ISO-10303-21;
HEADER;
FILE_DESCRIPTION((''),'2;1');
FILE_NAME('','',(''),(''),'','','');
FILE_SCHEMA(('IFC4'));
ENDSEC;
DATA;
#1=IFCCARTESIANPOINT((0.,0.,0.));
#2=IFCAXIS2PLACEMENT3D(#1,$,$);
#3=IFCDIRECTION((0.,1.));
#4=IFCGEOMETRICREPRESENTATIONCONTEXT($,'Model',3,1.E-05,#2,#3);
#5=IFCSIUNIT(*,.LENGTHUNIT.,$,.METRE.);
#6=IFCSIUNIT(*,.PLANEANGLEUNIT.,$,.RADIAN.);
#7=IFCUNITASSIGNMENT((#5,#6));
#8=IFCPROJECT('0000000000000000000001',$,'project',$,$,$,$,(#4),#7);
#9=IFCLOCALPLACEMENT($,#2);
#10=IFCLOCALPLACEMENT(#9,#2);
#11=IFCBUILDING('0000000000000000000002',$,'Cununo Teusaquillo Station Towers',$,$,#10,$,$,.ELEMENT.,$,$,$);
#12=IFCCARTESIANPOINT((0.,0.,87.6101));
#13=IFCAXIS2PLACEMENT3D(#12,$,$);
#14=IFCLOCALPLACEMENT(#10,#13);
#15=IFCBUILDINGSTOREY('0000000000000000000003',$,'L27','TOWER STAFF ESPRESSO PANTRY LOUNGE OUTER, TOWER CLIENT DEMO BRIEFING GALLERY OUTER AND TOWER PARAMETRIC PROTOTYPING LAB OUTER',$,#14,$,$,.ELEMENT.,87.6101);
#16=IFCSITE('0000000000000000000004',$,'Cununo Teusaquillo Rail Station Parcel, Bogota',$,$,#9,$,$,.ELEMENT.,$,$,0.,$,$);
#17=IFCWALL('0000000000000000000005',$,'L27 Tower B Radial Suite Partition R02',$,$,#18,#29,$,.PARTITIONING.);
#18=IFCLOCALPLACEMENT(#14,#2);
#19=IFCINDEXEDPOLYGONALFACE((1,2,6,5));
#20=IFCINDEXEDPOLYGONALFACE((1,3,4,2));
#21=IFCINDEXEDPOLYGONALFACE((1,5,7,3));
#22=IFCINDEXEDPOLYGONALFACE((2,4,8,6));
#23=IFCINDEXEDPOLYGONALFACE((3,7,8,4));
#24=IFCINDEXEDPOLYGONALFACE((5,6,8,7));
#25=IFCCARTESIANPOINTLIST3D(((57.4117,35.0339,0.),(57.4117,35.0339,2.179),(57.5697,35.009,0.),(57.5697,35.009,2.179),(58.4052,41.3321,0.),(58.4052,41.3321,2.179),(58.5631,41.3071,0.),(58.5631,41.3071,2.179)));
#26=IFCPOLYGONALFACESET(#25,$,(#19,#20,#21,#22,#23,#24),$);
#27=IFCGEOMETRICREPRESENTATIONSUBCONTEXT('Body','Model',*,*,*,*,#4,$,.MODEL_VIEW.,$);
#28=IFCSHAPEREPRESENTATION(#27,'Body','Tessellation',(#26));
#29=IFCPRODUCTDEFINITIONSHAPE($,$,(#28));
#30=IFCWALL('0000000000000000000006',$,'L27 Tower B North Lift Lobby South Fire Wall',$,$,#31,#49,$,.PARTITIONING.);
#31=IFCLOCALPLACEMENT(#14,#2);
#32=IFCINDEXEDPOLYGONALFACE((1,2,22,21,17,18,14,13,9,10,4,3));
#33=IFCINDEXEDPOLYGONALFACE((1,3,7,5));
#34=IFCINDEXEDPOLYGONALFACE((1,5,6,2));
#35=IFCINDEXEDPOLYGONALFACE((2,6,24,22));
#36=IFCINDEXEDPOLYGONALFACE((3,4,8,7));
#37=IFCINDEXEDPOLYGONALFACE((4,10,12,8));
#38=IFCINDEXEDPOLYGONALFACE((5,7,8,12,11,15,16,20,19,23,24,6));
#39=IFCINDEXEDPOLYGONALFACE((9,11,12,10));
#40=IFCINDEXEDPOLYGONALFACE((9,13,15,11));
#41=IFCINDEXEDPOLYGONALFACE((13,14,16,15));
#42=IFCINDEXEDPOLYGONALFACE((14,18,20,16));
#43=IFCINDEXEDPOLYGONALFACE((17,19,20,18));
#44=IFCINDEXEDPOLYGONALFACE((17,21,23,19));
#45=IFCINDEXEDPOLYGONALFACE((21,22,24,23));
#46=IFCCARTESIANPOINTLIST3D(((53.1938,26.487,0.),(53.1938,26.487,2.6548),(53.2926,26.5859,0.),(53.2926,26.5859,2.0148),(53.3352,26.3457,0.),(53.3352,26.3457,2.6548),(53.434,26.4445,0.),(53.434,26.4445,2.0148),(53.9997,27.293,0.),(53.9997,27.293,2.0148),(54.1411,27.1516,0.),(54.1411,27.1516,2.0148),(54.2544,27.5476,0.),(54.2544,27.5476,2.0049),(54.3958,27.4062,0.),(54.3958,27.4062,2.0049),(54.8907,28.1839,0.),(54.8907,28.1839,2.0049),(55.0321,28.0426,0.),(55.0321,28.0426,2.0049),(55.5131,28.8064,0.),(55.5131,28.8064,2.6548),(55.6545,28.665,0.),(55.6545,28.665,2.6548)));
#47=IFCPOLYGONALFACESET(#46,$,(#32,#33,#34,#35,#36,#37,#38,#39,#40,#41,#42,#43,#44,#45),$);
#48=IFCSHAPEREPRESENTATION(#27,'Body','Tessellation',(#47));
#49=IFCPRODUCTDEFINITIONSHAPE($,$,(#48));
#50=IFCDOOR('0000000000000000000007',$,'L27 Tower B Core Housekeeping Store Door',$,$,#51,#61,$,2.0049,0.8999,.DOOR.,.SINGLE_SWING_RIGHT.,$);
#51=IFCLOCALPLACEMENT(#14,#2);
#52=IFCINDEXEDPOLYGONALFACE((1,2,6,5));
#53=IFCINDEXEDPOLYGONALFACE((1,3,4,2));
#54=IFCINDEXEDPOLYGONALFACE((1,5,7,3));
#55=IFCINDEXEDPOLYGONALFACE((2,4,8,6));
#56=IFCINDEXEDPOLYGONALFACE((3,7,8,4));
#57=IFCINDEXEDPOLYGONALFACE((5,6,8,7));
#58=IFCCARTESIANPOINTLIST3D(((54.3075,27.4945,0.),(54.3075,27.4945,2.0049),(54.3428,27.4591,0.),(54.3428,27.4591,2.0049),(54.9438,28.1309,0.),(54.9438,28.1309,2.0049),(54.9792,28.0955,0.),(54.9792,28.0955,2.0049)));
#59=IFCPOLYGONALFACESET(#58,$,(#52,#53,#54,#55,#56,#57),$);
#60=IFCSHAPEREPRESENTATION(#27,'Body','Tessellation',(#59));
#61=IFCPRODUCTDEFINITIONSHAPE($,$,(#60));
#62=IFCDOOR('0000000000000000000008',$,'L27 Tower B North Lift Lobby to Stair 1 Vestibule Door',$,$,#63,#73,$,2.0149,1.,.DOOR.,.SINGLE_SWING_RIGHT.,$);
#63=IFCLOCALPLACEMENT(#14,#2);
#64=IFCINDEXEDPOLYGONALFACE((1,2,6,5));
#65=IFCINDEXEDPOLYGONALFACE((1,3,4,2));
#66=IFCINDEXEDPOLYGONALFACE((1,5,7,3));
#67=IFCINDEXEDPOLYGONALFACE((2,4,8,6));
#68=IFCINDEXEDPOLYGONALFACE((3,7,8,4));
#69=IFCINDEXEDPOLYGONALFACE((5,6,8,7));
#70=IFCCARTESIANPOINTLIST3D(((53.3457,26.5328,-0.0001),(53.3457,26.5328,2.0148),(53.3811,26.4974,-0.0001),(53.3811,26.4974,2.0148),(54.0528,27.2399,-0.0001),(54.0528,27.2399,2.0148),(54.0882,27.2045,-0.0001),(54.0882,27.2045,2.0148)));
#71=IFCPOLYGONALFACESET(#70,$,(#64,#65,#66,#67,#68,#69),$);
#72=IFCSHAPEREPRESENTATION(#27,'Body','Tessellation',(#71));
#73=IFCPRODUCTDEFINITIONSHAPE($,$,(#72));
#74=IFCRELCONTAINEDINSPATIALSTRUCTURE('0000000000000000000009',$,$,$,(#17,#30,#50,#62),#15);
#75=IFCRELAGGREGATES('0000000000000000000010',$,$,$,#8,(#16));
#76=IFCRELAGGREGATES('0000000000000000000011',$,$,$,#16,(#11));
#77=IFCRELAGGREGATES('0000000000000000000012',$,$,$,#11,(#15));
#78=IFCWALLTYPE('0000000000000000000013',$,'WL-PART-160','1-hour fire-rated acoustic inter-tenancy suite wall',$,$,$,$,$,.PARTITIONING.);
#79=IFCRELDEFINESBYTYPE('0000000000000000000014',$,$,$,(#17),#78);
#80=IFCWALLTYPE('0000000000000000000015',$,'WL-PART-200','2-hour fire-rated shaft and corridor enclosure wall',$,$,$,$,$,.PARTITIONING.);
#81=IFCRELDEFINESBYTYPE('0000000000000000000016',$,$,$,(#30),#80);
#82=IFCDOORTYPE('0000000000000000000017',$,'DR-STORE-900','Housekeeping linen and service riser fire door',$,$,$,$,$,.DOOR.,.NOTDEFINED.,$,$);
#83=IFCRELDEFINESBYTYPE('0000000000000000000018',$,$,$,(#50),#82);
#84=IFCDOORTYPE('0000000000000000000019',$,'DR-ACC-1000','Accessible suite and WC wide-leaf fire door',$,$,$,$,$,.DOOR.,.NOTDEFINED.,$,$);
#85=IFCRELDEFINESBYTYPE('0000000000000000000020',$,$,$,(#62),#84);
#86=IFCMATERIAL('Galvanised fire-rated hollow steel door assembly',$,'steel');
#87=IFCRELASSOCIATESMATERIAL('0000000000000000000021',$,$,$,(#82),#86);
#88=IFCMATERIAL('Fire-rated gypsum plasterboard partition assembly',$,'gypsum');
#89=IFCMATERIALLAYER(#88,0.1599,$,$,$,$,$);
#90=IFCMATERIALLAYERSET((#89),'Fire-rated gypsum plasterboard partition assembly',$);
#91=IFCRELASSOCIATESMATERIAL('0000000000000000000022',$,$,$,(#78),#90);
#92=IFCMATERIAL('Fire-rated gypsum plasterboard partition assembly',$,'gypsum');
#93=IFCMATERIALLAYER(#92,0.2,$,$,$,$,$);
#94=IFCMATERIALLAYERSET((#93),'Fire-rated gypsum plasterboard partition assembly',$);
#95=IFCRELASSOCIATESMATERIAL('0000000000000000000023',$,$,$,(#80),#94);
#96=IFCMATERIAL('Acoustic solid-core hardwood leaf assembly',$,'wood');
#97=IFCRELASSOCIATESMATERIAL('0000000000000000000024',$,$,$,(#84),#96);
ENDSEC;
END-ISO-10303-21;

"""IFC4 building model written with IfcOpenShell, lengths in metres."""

from ifc_helpers import new_model, si_unit, direction, frame, frame_2d, origin, place, context, subcontext, project, spatial, rectangle, extrude, source, transform, mapped, material, layer, layer_set, type_object, element, fill, save


model = new_model("IFC4")

# Units and contexts
model_context = context("Model", 3, precision=1e-05, world=origin(), true_north=direction((0.0, 1.0)))
body_context = subcontext(model_context, "Body", "Model", "MODEL_VIEW")
ifc_project = project(units=[si_unit("LENGTHUNIT", "METRE"), si_unit("PLANEANGLEUNIT", "RADIAN")], contexts=[model_context])

# Site, building, storey
site_placement = place(None, origin())
site = spatial("IfcSite", under=ifc_project, at=site_placement, Name="Cununo Teusaquillo Rail Station Parcel, Bogota", CompositionType="ELEMENT", RefElevation=0.0)
building_placement = place(site_placement, origin())
building = spatial("IfcBuilding", under=site, at=building_placement, Name="Cununo Teusaquillo Station Towers", CompositionType="ELEMENT")
storey_placement = place(building_placement, frame((0.0, 0.0, 87.6101)))
storey = spatial("IfcBuildingStorey", under=building, at=storey_placement, Name="L27", Description="TOWER STAFF ESPRESSO PANTRY LOUNGE OUTER, TOWER CLIENT DEMO BRIEFING GALLERY OUTER AND TOWER PARAMETRIC PROTOTYPING LAB OUTER", CompositionType="ELEMENT", Elevation=87.6101)

# Shared definitions
ifc_material_1 = material(Name="Galvanised fire-rated hollow steel door assembly", Category="steel")
door_type_1 = type_object("IfcDoorType", Name="DR-STORE-900", Description="Housekeeping linen and service riser fire door", OperationType="NOTDEFINED", PredefinedType="DOOR", material=ifc_material_1)
shared_shape_1 = source(origin(), body_context, "Body", "SweptSolid", [
    extrude(rectangle(XDim=0.8999, YDim=2.0049, at=frame_2d((0.45, 1.0024))), frame((0.0, 0.0249, 0.0), z_axis=(0.0, -1.0, 0.0), x_axis=(1.0, 0.0, 0.0)), (0.0, 0.0, 1.0), 0.05),
])

# Wall
ifc_material_2 = material(Name="Fire-rated gypsum plasterboard partition assembly", Category="gypsum")
ifc_layer_1 = layer(ifc_material_2, 0.1599)
ifc_layer_set_1 = layer_set([ifc_layer_1], Name="Fire-rated gypsum plasterboard partition assembly")
wall_type_1 = type_object("IfcWallType", Name="WL-PART-160", Description="1-hour fire-rated acoustic inter-tenancy suite wall", PredefinedType="PARTITIONING", material=ifc_layer_set_1)
wall_1_placement = place(storey_placement, frame((57.4907, 35.0215, 0.0), z_axis=(0.0, 0.0, 1.0), x_axis=(0.155805, 0.987788, 0.0)))
element("IfcWall", 1, at=wall_1_placement, inside=storey, type_object=wall_type_1, Name="L27 Tower B Radial Suite Partition R02", PredefinedType="PARTITIONING", context=body_context, shape_type="SweptSolid", body=[
    extrude(rectangle(XDim=6.376, YDim=0.1599, at=frame_2d((3.188, 0.0))), origin(), (0.0, 0.0, 1.0), 2.179),
])

# Wall, openings, doors
ifc_material_3 = material(Name="Fire-rated gypsum plasterboard partition assembly", Category="gypsum")
ifc_layer_2 = layer(ifc_material_3, 0.2)
ifc_layer_set_2 = layer_set([ifc_layer_2], Name="Fire-rated gypsum plasterboard partition assembly")
wall_type_2 = type_object("IfcWallType", Name="WL-PART-200", Description="2-hour fire-rated shaft and corridor enclosure wall", PredefinedType="PARTITIONING", material=ifc_layer_set_2)
wall_2_placement = place(storey_placement, frame((53.2644, 26.4163, 0.0), z_axis=(0.0, 0.0, 1.0), x_axis=(0.707107, 0.707107, 0.0)))
wall_2 = element("IfcWall", 2, at=wall_2_placement, inside=storey, type_object=wall_type_2, Name="L27 Tower B North Lift Lobby South Fire Wall", PredefinedType="PARTITIONING", context=body_context, shape_type="SweptSolid", body=[
    extrude(rectangle(XDim=3.28, YDim=0.2, at=frame_2d((1.6401, 0.0))), origin(), (0.0, 0.0, 1.0), 2.6548),
])
shared_shape_2 = source(origin(), body_context, "Body", "SweptSolid", [
    extrude(rectangle(XDim=1.0, YDim=2.0149, at=frame_2d((0.5, 1.0073))), frame((0.0, 0.1099, 0.0), z_axis=(0.0, -1.0, 0.0), x_axis=(1.0, 0.0, 0.0)), (0.0, 0.0, 1.0), 0.22),
])
opening_1_placement = place(wall_2_placement, frame((0.1399, 0.0, 0.0)))
opening_1 = element("IfcOpeningElement", 3, at=opening_1_placement, cuts=wall_2, PredefinedType="OPENING", context=body_context, shape_type="MappedRepresentation", body=[
    mapped(shared_shape_2, transform((0.0, 0.0, 0.0), x_axis=(1.0, 0.0, 0.0), y_axis=(0.0, 1.0, 0.0), z_axis=(0.0, 0.0, 1.0), scale=1.0)),
])
shared_shape_3 = source(origin(), body_context, "Body", "SweptSolid", [
    extrude(rectangle(XDim=0.8999, YDim=2.0049, at=frame_2d((0.45, 1.0024))), frame((0.0, 0.1099, 0.0), z_axis=(0.0, -1.0, 0.0), x_axis=(1.0, 0.0, 0.0)), (0.0, 0.0, 1.0), 0.22),
])
opening_2_placement = place(wall_2_placement, frame((1.5, 0.0, 0.0)))
opening_2 = element("IfcOpeningElement", 4, at=opening_2_placement, cuts=wall_2, PredefinedType="OPENING", context=body_context, shape_type="MappedRepresentation", body=[
    mapped(shared_shape_3, transform((0.0, 0.0, 0.0), x_axis=(1.0, 0.0, 0.0), y_axis=(0.0, 1.0, 0.0), z_axis=(0.0, 0.0, 1.0), scale=1.0)),
])
door_1_placement = place(opening_2_placement, origin())
door_1 = element("IfcDoor", 5, at=door_1_placement, inside=storey, type_object=door_type_1, Name="L27 Tower B Core Housekeeping Store Door", OperationType="SINGLE_SWING_RIGHT", OverallHeight=2.0049, OverallWidth=0.8999, PredefinedType="DOOR", context=body_context, shape_type="MappedRepresentation", body=[
    mapped(shared_shape_1, transform((0.0, 0.0, 0.0), x_axis=(1.0, 0.0, 0.0), y_axis=(0.0, 1.0, 0.0), z_axis=(0.0, 0.0, 1.0), scale=1.0)),
])
fill(opening_2, door_1)
ifc_material_4 = material(Name="Acoustic solid-core hardwood leaf assembly", Category="wood")
door_type_2 = type_object("IfcDoorType", Name="DR-ACC-1000", Description="Accessible suite and WC wide-leaf fire door", OperationType="NOTDEFINED", PredefinedType="DOOR", material=ifc_material_4)
shared_shape_4 = source(origin(), body_context, "Body", "SweptSolid", [
    extrude(rectangle(XDim=1.0, YDim=2.0149, at=frame_2d((0.5, 1.0073))), frame((0.0, 0.0249, 0.0), z_axis=(0.0, -1.0, 0.0), x_axis=(1.0, 0.0, 0.0)), (0.0, 0.0, 1.0), 0.05),
])
door_2_placement = place(opening_1_placement, origin())
door_2 = element("IfcDoor", 6, at=door_2_placement, inside=storey, type_object=door_type_2, Name="L27 Tower B North Lift Lobby to Stair 1 Vestibule Door", OperationType="SINGLE_SWING_RIGHT", OverallHeight=2.0149, OverallWidth=1.0, PredefinedType="DOOR", context=body_context, shape_type="MappedRepresentation", body=[
    mapped(shared_shape_4, transform((0.0, 0.0, 0.0), x_axis=(1.0, 0.0, 0.0), y_axis=(0.0, 1.0, 0.0), z_axis=(0.0, 0.0, 1.0), scale=1.0)),
])
fill(opening_1, door_2)

save(model, "model.ifc")
